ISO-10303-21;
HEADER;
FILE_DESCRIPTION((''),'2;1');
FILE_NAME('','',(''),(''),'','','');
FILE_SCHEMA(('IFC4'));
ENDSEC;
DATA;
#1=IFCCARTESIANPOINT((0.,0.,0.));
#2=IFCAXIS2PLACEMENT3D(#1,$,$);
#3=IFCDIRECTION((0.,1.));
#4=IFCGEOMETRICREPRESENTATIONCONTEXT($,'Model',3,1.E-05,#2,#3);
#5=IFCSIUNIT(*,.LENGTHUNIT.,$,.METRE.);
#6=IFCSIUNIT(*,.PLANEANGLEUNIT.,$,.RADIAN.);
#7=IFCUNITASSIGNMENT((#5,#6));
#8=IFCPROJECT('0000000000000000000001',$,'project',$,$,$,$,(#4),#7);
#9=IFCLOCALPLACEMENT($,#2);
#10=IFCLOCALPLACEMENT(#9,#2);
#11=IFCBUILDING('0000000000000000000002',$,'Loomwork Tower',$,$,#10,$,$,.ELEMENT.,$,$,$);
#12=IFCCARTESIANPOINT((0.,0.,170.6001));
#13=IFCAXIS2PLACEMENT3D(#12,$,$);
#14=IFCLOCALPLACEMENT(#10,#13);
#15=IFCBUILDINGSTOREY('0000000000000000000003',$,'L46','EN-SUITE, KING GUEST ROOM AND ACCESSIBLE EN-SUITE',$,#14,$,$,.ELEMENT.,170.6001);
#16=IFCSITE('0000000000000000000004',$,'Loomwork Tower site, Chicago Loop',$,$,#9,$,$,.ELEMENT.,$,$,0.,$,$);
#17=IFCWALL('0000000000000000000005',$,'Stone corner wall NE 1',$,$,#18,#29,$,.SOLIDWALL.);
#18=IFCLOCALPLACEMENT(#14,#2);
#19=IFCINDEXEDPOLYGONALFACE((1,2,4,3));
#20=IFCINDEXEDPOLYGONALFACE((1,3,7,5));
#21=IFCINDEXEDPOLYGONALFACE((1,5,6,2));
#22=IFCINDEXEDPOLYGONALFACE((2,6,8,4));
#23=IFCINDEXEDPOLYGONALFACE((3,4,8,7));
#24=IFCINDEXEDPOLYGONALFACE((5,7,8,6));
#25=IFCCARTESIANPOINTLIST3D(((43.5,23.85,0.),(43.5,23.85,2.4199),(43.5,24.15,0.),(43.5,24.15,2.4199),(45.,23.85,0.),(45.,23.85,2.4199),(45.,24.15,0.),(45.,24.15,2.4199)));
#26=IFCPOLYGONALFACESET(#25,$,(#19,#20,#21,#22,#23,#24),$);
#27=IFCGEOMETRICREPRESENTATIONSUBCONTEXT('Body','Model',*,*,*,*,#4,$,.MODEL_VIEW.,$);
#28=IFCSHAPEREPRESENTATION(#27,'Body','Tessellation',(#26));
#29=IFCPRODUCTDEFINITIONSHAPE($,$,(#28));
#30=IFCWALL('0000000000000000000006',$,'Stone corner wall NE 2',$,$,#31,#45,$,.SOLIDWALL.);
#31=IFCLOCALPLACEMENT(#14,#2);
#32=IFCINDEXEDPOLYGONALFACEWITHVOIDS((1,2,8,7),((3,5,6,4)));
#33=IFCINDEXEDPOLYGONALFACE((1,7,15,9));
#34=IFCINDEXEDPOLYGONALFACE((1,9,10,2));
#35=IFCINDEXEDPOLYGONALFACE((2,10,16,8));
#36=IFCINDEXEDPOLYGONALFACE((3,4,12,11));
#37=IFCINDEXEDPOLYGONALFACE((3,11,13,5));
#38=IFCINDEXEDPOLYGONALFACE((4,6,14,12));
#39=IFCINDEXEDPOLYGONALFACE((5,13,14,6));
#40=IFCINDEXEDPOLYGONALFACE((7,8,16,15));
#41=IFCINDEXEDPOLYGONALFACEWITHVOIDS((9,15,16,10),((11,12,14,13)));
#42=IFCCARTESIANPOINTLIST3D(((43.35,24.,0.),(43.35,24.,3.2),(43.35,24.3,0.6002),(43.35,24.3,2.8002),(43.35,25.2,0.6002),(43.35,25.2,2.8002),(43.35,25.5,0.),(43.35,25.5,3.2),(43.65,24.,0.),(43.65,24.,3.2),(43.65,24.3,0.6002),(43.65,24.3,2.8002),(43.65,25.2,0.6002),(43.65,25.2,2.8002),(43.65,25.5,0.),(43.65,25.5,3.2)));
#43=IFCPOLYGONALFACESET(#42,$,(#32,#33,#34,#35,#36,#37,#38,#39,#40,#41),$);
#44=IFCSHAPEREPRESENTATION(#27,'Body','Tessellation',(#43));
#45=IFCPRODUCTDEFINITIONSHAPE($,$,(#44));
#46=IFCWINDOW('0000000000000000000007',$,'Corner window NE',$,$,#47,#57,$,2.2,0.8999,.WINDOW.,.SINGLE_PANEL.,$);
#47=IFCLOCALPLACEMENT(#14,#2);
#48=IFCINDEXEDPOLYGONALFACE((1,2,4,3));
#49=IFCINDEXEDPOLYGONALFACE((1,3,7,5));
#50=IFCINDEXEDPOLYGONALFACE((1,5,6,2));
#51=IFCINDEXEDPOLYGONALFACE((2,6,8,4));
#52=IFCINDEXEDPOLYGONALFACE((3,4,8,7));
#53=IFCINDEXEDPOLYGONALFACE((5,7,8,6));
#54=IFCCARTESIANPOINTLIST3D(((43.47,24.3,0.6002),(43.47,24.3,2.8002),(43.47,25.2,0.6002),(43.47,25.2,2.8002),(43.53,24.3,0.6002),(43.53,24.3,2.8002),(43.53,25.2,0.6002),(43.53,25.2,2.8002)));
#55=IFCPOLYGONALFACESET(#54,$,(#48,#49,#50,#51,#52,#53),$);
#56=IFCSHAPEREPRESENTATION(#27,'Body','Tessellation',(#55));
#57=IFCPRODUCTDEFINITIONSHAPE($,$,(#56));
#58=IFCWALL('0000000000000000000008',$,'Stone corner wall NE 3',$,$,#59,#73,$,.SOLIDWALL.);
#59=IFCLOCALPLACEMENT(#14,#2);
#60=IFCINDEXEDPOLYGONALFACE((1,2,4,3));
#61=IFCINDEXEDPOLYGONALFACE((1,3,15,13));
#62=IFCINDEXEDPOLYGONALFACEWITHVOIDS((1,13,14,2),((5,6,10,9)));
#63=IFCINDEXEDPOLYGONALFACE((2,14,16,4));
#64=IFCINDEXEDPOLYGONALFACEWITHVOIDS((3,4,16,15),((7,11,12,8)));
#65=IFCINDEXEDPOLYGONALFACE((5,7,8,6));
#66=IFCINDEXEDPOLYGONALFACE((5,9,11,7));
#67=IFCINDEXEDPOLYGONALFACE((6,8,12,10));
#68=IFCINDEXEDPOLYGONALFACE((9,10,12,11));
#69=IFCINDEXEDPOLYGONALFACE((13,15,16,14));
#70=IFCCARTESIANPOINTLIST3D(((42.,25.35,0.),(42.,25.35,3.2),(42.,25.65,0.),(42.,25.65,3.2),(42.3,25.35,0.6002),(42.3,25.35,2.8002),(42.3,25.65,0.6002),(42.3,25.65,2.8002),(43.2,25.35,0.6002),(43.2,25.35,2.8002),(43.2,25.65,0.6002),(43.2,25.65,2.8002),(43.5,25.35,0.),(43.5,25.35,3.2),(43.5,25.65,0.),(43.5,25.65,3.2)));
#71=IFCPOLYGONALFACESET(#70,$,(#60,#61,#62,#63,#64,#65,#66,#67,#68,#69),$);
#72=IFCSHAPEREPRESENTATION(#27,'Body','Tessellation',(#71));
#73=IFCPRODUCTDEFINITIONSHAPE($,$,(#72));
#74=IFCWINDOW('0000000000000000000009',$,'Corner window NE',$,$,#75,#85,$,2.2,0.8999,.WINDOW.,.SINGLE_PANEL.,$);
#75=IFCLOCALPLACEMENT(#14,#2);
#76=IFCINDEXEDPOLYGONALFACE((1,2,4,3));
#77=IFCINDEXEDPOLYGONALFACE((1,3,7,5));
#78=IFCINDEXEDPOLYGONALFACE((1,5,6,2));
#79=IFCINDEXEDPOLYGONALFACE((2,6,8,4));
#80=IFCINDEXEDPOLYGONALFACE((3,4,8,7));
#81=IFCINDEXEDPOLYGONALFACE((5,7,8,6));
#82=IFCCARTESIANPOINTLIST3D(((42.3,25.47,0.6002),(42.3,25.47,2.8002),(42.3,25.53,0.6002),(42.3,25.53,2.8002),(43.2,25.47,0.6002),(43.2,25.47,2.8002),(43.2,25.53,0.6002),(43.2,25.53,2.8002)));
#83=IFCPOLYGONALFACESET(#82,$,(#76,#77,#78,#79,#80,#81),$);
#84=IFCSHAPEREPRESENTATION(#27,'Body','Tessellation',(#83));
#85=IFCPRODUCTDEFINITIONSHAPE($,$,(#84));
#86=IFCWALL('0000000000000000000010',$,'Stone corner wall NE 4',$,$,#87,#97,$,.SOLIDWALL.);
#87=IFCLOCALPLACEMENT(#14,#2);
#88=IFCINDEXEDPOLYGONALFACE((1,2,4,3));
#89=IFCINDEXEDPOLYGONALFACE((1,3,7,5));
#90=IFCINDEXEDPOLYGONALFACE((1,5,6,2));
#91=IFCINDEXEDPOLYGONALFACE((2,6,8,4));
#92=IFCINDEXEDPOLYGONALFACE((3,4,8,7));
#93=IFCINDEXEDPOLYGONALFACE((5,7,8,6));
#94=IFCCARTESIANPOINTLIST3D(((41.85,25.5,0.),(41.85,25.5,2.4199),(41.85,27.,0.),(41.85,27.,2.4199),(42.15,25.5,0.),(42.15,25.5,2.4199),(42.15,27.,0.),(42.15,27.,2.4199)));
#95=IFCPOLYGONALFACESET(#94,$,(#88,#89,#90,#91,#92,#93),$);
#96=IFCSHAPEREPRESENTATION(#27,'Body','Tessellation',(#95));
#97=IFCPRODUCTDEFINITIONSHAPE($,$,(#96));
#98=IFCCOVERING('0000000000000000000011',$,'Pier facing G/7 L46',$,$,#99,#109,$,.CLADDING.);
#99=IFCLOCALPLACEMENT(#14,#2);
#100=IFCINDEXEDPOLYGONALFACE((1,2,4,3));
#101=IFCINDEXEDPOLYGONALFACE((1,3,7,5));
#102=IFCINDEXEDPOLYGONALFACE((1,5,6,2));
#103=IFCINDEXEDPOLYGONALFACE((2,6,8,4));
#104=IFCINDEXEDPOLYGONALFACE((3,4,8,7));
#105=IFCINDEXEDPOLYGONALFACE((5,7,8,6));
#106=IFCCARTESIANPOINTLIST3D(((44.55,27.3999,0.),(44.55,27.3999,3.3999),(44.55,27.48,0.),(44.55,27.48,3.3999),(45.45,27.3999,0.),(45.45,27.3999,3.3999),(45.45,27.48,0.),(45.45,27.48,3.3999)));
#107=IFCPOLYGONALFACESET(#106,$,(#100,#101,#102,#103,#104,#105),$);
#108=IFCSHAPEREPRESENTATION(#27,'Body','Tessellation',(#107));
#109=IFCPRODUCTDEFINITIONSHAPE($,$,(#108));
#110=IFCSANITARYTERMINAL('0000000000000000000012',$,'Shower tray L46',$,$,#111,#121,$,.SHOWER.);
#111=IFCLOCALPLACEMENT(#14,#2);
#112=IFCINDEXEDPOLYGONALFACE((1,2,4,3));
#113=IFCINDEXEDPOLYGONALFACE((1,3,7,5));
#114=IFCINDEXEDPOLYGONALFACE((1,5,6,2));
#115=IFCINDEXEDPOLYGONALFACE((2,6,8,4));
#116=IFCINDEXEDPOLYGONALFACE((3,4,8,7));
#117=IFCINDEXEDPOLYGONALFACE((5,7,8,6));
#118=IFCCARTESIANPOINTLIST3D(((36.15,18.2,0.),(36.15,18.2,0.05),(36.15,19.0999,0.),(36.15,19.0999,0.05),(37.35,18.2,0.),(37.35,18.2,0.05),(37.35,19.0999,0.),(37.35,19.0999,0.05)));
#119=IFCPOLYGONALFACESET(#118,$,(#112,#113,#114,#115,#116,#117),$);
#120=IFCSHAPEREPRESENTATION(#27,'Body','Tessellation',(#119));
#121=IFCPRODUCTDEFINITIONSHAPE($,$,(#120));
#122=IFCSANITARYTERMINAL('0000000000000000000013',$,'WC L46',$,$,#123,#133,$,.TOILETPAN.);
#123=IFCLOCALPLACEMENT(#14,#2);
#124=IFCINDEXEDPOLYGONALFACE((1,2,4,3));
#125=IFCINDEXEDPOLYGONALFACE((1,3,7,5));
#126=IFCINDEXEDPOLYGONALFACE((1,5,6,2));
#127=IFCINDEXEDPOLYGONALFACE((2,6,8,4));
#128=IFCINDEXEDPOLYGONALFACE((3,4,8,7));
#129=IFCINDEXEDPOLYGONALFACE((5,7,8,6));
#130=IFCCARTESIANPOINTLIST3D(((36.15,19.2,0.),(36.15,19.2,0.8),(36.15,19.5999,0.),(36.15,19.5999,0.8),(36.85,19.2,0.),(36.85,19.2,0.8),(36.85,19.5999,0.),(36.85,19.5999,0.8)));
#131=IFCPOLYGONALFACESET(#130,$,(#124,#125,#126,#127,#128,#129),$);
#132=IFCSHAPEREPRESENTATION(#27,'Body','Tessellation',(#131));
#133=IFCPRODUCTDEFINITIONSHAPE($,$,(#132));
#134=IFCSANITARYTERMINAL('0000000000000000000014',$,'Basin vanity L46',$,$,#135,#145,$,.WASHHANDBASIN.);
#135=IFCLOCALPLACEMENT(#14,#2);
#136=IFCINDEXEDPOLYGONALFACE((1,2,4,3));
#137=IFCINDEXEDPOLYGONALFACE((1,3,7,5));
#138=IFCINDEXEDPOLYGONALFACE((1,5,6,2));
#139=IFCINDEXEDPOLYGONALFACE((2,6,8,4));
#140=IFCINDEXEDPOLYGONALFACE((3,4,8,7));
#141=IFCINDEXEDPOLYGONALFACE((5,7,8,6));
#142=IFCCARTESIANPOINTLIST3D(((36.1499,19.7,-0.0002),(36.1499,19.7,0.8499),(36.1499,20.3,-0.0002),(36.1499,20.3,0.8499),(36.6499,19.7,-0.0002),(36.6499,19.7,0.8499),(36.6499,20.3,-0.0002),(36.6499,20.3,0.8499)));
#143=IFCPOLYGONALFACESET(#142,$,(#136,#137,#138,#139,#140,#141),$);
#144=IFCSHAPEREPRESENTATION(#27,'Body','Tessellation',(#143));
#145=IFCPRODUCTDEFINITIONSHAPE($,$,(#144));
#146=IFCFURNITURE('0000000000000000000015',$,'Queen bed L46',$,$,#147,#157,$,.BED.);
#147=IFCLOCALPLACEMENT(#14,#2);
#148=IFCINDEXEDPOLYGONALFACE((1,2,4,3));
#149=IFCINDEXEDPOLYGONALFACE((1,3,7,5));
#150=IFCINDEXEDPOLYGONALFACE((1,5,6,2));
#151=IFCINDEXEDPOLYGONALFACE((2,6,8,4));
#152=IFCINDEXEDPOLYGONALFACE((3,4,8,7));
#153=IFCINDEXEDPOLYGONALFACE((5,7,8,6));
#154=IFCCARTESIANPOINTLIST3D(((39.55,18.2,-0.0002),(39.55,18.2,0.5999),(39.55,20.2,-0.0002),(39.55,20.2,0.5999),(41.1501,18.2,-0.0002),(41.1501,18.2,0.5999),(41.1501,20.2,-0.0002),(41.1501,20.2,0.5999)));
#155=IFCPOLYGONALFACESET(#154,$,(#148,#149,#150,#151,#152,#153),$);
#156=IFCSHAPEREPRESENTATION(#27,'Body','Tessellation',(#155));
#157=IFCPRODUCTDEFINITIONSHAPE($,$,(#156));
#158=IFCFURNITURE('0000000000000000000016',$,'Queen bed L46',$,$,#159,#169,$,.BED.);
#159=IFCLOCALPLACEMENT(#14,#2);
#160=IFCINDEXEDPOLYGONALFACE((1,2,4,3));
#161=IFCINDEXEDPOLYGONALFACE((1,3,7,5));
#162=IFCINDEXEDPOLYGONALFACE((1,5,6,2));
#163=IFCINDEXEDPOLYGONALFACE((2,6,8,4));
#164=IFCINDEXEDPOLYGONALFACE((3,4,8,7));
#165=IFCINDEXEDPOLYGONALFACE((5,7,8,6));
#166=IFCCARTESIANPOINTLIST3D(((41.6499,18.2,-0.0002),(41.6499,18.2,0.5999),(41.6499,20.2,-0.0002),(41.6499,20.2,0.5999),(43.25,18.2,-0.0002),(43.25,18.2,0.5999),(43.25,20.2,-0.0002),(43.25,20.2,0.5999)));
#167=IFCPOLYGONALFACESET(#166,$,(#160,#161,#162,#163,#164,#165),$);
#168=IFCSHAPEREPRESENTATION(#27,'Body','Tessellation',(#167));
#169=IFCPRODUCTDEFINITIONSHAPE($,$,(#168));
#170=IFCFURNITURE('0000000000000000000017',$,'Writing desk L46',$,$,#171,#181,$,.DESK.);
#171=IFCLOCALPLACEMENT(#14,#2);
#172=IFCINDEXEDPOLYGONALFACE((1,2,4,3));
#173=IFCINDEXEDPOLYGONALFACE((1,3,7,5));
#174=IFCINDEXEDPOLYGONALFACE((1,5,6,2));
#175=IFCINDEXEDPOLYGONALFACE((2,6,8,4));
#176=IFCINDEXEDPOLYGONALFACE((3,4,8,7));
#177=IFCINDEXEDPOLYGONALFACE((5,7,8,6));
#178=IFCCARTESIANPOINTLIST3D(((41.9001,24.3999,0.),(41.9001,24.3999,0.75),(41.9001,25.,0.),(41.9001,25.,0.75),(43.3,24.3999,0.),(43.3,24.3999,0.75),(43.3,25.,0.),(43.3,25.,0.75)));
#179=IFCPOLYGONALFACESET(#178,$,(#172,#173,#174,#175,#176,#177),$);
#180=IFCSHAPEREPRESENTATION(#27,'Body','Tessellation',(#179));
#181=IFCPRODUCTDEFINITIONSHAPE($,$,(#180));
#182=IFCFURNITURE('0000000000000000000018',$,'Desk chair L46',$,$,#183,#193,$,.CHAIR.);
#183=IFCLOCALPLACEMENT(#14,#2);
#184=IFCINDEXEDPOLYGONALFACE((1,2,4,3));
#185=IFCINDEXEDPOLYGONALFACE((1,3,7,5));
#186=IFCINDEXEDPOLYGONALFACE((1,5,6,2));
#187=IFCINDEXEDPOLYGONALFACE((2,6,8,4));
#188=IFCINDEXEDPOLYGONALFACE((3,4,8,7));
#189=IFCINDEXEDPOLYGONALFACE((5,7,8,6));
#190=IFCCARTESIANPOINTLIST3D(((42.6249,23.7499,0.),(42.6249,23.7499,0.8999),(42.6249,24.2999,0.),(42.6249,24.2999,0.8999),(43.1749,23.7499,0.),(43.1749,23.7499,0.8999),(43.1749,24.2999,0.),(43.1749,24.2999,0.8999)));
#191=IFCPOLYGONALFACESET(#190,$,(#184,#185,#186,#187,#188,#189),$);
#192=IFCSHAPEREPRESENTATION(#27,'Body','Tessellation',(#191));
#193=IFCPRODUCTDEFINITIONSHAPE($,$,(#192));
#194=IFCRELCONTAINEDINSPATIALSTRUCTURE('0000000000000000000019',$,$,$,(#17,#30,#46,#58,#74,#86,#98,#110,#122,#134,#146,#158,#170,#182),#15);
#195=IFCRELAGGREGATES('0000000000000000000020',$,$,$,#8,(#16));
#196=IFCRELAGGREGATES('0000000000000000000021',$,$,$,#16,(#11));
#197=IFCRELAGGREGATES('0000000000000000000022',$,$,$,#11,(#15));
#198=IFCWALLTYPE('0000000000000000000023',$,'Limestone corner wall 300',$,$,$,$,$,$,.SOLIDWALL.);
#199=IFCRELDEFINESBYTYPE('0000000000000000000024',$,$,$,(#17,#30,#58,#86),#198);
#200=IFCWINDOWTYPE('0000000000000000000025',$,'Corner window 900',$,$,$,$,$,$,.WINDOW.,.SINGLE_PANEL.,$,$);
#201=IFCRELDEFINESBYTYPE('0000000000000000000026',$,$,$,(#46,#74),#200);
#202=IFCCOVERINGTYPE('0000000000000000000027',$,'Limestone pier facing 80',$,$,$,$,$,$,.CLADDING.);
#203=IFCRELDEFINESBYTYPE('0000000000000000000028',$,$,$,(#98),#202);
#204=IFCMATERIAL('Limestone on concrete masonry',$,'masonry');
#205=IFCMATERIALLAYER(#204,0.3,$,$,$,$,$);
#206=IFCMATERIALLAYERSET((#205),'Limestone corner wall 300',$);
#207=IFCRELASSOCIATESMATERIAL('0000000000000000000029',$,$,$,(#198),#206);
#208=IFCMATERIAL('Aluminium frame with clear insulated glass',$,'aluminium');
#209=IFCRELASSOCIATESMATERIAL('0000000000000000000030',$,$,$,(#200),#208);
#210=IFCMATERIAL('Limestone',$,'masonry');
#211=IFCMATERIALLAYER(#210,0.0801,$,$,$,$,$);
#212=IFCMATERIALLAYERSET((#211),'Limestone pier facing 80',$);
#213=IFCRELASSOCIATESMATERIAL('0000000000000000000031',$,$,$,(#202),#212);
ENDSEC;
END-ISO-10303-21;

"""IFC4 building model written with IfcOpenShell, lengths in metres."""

from ifc_helpers import new_model, si_unit, direction, frame, frame_2d, origin, origin_2d, place, context, subcontext, project, spatial, rectangle, extrude, material, layer, layer_set, type_object, element, fill, save


model = new_model("IFC4")

# Units and contexts
model_context = context("Model", 3, precision=1e-05, world=origin(), true_north=direction((0.0, 1.0)))
body_context = subcontext(model_context, "Body", "Model", "MODEL_VIEW")
ifc_project = project(units=[si_unit("LENGTHUNIT", "METRE"), si_unit("PLANEANGLEUNIT", "RADIAN")], contexts=[model_context])

# Site, building, storey
site_placement = place(None, origin())
site = spatial("IfcSite", under=ifc_project, at=site_placement, Name="Loomwork Tower site, Chicago Loop", CompositionType="ELEMENT", RefElevation=0.0)
building_placement = place(site_placement, origin())
building = spatial("IfcBuilding", under=site, at=building_placement, Name="Loomwork Tower", CompositionType="ELEMENT")
storey_placement = place(building_placement, frame((0.0, 0.0, 170.6001)))
storey = spatial("IfcBuildingStorey", under=building, at=storey_placement, Name="L46", Description="EN-SUITE, KING GUEST ROOM AND ACCESSIBLE EN-SUITE", CompositionType="ELEMENT", Elevation=170.6001)

# Wall
ifc_material_1 = material(Name="Limestone on concrete masonry", Category="masonry")
ifc_layer_1 = layer(ifc_material_1, 0.3)
ifc_layer_set_1 = layer_set([ifc_layer_1], Name="Limestone corner wall 300")
wall_type = type_object("IfcWallType", Name="Limestone corner wall 300", PredefinedType="SOLIDWALL", material=ifc_layer_set_1)
wall_1_placement = place(storey_placement, frame((45.0, 24.0, 0.0), z_axis=(0.0, 0.0, 1.0), x_axis=(-1.0, 0.0, 0.0)))
element("IfcWall", 1, at=wall_1_placement, inside=storey, type_object=wall_type, Name="Stone corner wall NE 1", PredefinedType="SOLIDWALL", context=body_context, shape_type="SweptSolid", body=[
    extrude(rectangle(XDim=1.5, YDim=0.3, at=frame_2d((0.75, 0.0))), origin(), (0.0, 0.0, 1.0), 2.4199),
])

# Walls, openings, windows
wall_2_placement = place(storey_placement, frame((43.5, 24.0, 0.0), z_axis=(0.0, 0.0, 1.0), x_axis=(0.0, 1.0, 0.0)))
wall_2 = element("IfcWall", 2, at=wall_2_placement, inside=storey, type_object=wall_type, Name="Stone corner wall NE 2", PredefinedType="SOLIDWALL", context=body_context, shape_type="SweptSolid", body=[
    extrude(rectangle(XDim=1.5, YDim=0.3, at=frame_2d((0.75, 0.0))), origin(), (0.0, 0.0, 1.0), 3.2),
])
opening_1_placement = place(wall_2_placement, frame((0.3, 0.0, 0.6001)))
opening_1 = element("IfcOpeningElement", 3, at=opening_1_placement, cuts=wall_2, PredefinedType="OPENING", context=body_context, shape_type="SweptSolid", body=[
    extrude(rectangle(XDim=0.8999, YDim=2.2, at=frame_2d((0.45, 1.1001))), frame((0.0, 0.1599, 0.0), z_axis=(0.0, -1.0, 0.0), x_axis=(1.0, 0.0, 0.0)), (0.0, 0.0, 1.0), 0.3201),
])
ifc_material_2 = material(Name="Aluminium frame with clear insulated glass", Category="aluminium")
window_type = type_object("IfcWindowType", Name="Corner window 900", PartitioningType="SINGLE_PANEL", PredefinedType="WINDOW", material=ifc_material_2)
window_1_placement = place(opening_1_placement, origin())
window_1 = element("IfcWindow", 4, at=window_1_placement, inside=storey, type_object=window_type, Name="Corner window NE", OverallHeight=2.2, OverallWidth=0.8999, PartitioningType="SINGLE_PANEL", PredefinedType="WINDOW", context=body_context, shape_type="SweptSolid", body=[
    extrude(rectangle(XDim=0.8999, YDim=2.2, at=frame_2d((0.45, 1.1001))), frame((0.0, 0.03, 0.0), z_axis=(0.0, -1.0, 0.0), x_axis=(1.0, 0.0, 0.0)), (0.0, 0.0, 1.0), 0.0601),
])
fill(opening_1, window_1)
wall_3_placement = place(storey_placement, frame((43.5, 25.5, 0.0), z_axis=(0.0, 0.0, 1.0), x_axis=(-1.0, 0.0, 0.0)))
wall_3 = element("IfcWall", 5, at=wall_3_placement, inside=storey, type_object=wall_type, Name="Stone corner wall NE 3", PredefinedType="SOLIDWALL", context=body_context, shape_type="SweptSolid", body=[
    extrude(rectangle(XDim=1.5, YDim=0.3, at=frame_2d((0.75, 0.0))), origin(), (0.0, 0.0, 1.0), 3.2),
])
opening_2_placement = place(wall_3_placement, frame((0.3, 0.0, 0.6001)))
opening_2 = element("IfcOpeningElement", 6, at=opening_2_placement, cuts=wall_3, PredefinedType="OPENING", context=body_context, shape_type="SweptSolid", body=[
    extrude(rectangle(XDim=0.8999, YDim=2.2, at=frame_2d((0.45, 1.1001))), frame((0.0, 0.1599, 0.0), z_axis=(0.0, -1.0, 0.0), x_axis=(1.0, 0.0, 0.0)), (0.0, 0.0, 1.0), 0.3201),
])
window_2_placement = place(opening_2_placement, origin())
window_2 = element("IfcWindow", 7, at=window_2_placement, inside=storey, type_object=window_type, Name="Corner window NE", OverallHeight=2.2, OverallWidth=0.8999, PartitioningType="SINGLE_PANEL", PredefinedType="WINDOW", context=body_context, shape_type="SweptSolid", body=[
    extrude(rectangle(XDim=0.8999, YDim=2.2, at=frame_2d((0.45, 1.1001))), frame((0.0, 0.03, 0.0), z_axis=(0.0, -1.0, 0.0), x_axis=(1.0, 0.0, 0.0)), (0.0, 0.0, 1.0), 0.0601),
])
fill(opening_2, window_2)

# Wall
wall_4_placement = place(storey_placement, frame((42.0, 25.5, 0.0), z_axis=(0.0, 0.0, 1.0), x_axis=(0.0, 1.0, 0.0)))
element("IfcWall", 8, at=wall_4_placement, inside=storey, type_object=wall_type, Name="Stone corner wall NE 4", PredefinedType="SOLIDWALL", context=body_context, shape_type="SweptSolid", body=[
    extrude(rectangle(XDim=1.5, YDim=0.3, at=frame_2d((0.75, 0.0))), origin(), (0.0, 0.0, 1.0), 2.4199),
])

# Covering
ifc_material_3 = material(Name="Limestone", Category="masonry")
ifc_layer_2 = layer(ifc_material_3, 0.0801)
ifc_layer_set_2 = layer_set([ifc_layer_2], Name="Limestone pier facing 80")
covering_type = type_object("IfcCoveringType", Name="Limestone pier facing 80", PredefinedType="CLADDING", material=ifc_layer_set_2)
covering_placement = place(storey_placement, frame((45.0, 27.4399, 0.0), z_axis=(0.0, 0.0, 1.0), x_axis=(1.0, 0.0, 0.0)))
element("IfcCovering", 9, at=covering_placement, inside=storey, type_object=covering_type, Name="Pier facing G/7 L46", PredefinedType="CLADDING", context=body_context, shape_type="SweptSolid", body=[
    extrude(rectangle(XDim=0.8999, YDim=0.0801, at=origin_2d()), origin(), (0.0, 0.0, 1.0), 3.3999),
])

# Sanitary terminals
sanitary_terminal_1_placement = place(storey_placement, frame((36.75, 18.6499, 0.0), z_axis=(0.0, 0.0, 1.0), x_axis=(1.0, 0.0, 0.0)))
element("IfcSanitaryTerminal", 10, at=sanitary_terminal_1_placement, inside=storey, Name="Shower tray L46", PredefinedType="SHOWER", context=body_context, shape_type="SweptSolid", body=[
    extrude(rectangle(XDim=1.2, YDim=0.8999, at=origin_2d()), origin(), (0.0, 0.0, 1.0), 0.05),
])
sanitary_terminal_2_placement = place(storey_placement, frame((36.5, 19.3999, 0.0), z_axis=(0.0, 0.0, 1.0), x_axis=(1.0, 0.0, 0.0)))
element("IfcSanitaryTerminal", 11, at=sanitary_terminal_2_placement, inside=storey, Name="WC L46", PredefinedType="TOILETPAN", context=body_context, shape_type="SweptSolid", body=[
    extrude(rectangle(XDim=0.7, YDim=0.3999, at=origin_2d()), origin(), (0.0, 0.0, 1.0), 0.8),
])
sanitary_terminal_3_placement = place(storey_placement, frame((36.3999, 20.0, -0.0002), z_axis=(0.0, 0.0, 1.0), x_axis=(1.0, 0.0, 0.0)))
element("IfcSanitaryTerminal", 12, at=sanitary_terminal_3_placement, inside=storey, Name="Basin vanity L46", PredefinedType="WASHHANDBASIN", context=body_context, shape_type="SweptSolid", body=[
    extrude(rectangle(XDim=0.5, YDim=0.6001, at=origin_2d()), origin(), (0.0, 0.0, 1.0), 0.8501),
])

# Furniture
for number, where, z_axis, x_axis, name in (
    (13, (40.3501, 19.2, -0.0002), (0.0, 0.0, 1.0), (1.0, 0.0, 0.0), "Queen bed L46"),
    (14, (42.45, 19.2, -0.0002), (0.0, 0.0, 1.0), (1.0, 0.0, 0.0), "Queen bed L46"),
):
    element("IfcFurniture", number, at=place(storey_placement, frame(where, z_axis=z_axis, x_axis=x_axis)), inside=storey, Name=name, PredefinedType="BED", context=body_context, shape_type="SweptSolid", body=[
        extrude(rectangle(XDim=1.6001, YDim=2.0, at=origin_2d()), origin(), (0.0, 0.0, 1.0), 0.6001),
    ])
furniture_1_placement = place(storey_placement, frame((42.6001, 24.7, 0.0), z_axis=(0.0, 0.0, 1.0), x_axis=(1.0, 0.0, 0.0)))
element("IfcFurniture", 15, at=furniture_1_placement, inside=storey, Name="Writing desk L46", PredefinedType="DESK", context=body_context, shape_type="SweptSolid", body=[
    extrude(rectangle(XDim=1.3999, YDim=0.6001, at=origin_2d()), origin(), (0.0, 0.0, 1.0), 0.75),
])
furniture_2_placement = place(storey_placement, frame((42.8999, 24.0249, 0.0), z_axis=(0.0, 0.0, 1.0), x_axis=(1.0, 0.0, 0.0)))
element("IfcFurniture", 16, at=furniture_2_placement, inside=storey, Name="Desk chair L46", PredefinedType="CHAIR", context=body_context, shape_type="SweptSolid", body=[
    extrude(rectangle(XDim=0.55, YDim=0.55, at=origin_2d()), origin(), (0.0, 0.0, 1.0), 0.8999),
])

save(model, "model.ifc")
